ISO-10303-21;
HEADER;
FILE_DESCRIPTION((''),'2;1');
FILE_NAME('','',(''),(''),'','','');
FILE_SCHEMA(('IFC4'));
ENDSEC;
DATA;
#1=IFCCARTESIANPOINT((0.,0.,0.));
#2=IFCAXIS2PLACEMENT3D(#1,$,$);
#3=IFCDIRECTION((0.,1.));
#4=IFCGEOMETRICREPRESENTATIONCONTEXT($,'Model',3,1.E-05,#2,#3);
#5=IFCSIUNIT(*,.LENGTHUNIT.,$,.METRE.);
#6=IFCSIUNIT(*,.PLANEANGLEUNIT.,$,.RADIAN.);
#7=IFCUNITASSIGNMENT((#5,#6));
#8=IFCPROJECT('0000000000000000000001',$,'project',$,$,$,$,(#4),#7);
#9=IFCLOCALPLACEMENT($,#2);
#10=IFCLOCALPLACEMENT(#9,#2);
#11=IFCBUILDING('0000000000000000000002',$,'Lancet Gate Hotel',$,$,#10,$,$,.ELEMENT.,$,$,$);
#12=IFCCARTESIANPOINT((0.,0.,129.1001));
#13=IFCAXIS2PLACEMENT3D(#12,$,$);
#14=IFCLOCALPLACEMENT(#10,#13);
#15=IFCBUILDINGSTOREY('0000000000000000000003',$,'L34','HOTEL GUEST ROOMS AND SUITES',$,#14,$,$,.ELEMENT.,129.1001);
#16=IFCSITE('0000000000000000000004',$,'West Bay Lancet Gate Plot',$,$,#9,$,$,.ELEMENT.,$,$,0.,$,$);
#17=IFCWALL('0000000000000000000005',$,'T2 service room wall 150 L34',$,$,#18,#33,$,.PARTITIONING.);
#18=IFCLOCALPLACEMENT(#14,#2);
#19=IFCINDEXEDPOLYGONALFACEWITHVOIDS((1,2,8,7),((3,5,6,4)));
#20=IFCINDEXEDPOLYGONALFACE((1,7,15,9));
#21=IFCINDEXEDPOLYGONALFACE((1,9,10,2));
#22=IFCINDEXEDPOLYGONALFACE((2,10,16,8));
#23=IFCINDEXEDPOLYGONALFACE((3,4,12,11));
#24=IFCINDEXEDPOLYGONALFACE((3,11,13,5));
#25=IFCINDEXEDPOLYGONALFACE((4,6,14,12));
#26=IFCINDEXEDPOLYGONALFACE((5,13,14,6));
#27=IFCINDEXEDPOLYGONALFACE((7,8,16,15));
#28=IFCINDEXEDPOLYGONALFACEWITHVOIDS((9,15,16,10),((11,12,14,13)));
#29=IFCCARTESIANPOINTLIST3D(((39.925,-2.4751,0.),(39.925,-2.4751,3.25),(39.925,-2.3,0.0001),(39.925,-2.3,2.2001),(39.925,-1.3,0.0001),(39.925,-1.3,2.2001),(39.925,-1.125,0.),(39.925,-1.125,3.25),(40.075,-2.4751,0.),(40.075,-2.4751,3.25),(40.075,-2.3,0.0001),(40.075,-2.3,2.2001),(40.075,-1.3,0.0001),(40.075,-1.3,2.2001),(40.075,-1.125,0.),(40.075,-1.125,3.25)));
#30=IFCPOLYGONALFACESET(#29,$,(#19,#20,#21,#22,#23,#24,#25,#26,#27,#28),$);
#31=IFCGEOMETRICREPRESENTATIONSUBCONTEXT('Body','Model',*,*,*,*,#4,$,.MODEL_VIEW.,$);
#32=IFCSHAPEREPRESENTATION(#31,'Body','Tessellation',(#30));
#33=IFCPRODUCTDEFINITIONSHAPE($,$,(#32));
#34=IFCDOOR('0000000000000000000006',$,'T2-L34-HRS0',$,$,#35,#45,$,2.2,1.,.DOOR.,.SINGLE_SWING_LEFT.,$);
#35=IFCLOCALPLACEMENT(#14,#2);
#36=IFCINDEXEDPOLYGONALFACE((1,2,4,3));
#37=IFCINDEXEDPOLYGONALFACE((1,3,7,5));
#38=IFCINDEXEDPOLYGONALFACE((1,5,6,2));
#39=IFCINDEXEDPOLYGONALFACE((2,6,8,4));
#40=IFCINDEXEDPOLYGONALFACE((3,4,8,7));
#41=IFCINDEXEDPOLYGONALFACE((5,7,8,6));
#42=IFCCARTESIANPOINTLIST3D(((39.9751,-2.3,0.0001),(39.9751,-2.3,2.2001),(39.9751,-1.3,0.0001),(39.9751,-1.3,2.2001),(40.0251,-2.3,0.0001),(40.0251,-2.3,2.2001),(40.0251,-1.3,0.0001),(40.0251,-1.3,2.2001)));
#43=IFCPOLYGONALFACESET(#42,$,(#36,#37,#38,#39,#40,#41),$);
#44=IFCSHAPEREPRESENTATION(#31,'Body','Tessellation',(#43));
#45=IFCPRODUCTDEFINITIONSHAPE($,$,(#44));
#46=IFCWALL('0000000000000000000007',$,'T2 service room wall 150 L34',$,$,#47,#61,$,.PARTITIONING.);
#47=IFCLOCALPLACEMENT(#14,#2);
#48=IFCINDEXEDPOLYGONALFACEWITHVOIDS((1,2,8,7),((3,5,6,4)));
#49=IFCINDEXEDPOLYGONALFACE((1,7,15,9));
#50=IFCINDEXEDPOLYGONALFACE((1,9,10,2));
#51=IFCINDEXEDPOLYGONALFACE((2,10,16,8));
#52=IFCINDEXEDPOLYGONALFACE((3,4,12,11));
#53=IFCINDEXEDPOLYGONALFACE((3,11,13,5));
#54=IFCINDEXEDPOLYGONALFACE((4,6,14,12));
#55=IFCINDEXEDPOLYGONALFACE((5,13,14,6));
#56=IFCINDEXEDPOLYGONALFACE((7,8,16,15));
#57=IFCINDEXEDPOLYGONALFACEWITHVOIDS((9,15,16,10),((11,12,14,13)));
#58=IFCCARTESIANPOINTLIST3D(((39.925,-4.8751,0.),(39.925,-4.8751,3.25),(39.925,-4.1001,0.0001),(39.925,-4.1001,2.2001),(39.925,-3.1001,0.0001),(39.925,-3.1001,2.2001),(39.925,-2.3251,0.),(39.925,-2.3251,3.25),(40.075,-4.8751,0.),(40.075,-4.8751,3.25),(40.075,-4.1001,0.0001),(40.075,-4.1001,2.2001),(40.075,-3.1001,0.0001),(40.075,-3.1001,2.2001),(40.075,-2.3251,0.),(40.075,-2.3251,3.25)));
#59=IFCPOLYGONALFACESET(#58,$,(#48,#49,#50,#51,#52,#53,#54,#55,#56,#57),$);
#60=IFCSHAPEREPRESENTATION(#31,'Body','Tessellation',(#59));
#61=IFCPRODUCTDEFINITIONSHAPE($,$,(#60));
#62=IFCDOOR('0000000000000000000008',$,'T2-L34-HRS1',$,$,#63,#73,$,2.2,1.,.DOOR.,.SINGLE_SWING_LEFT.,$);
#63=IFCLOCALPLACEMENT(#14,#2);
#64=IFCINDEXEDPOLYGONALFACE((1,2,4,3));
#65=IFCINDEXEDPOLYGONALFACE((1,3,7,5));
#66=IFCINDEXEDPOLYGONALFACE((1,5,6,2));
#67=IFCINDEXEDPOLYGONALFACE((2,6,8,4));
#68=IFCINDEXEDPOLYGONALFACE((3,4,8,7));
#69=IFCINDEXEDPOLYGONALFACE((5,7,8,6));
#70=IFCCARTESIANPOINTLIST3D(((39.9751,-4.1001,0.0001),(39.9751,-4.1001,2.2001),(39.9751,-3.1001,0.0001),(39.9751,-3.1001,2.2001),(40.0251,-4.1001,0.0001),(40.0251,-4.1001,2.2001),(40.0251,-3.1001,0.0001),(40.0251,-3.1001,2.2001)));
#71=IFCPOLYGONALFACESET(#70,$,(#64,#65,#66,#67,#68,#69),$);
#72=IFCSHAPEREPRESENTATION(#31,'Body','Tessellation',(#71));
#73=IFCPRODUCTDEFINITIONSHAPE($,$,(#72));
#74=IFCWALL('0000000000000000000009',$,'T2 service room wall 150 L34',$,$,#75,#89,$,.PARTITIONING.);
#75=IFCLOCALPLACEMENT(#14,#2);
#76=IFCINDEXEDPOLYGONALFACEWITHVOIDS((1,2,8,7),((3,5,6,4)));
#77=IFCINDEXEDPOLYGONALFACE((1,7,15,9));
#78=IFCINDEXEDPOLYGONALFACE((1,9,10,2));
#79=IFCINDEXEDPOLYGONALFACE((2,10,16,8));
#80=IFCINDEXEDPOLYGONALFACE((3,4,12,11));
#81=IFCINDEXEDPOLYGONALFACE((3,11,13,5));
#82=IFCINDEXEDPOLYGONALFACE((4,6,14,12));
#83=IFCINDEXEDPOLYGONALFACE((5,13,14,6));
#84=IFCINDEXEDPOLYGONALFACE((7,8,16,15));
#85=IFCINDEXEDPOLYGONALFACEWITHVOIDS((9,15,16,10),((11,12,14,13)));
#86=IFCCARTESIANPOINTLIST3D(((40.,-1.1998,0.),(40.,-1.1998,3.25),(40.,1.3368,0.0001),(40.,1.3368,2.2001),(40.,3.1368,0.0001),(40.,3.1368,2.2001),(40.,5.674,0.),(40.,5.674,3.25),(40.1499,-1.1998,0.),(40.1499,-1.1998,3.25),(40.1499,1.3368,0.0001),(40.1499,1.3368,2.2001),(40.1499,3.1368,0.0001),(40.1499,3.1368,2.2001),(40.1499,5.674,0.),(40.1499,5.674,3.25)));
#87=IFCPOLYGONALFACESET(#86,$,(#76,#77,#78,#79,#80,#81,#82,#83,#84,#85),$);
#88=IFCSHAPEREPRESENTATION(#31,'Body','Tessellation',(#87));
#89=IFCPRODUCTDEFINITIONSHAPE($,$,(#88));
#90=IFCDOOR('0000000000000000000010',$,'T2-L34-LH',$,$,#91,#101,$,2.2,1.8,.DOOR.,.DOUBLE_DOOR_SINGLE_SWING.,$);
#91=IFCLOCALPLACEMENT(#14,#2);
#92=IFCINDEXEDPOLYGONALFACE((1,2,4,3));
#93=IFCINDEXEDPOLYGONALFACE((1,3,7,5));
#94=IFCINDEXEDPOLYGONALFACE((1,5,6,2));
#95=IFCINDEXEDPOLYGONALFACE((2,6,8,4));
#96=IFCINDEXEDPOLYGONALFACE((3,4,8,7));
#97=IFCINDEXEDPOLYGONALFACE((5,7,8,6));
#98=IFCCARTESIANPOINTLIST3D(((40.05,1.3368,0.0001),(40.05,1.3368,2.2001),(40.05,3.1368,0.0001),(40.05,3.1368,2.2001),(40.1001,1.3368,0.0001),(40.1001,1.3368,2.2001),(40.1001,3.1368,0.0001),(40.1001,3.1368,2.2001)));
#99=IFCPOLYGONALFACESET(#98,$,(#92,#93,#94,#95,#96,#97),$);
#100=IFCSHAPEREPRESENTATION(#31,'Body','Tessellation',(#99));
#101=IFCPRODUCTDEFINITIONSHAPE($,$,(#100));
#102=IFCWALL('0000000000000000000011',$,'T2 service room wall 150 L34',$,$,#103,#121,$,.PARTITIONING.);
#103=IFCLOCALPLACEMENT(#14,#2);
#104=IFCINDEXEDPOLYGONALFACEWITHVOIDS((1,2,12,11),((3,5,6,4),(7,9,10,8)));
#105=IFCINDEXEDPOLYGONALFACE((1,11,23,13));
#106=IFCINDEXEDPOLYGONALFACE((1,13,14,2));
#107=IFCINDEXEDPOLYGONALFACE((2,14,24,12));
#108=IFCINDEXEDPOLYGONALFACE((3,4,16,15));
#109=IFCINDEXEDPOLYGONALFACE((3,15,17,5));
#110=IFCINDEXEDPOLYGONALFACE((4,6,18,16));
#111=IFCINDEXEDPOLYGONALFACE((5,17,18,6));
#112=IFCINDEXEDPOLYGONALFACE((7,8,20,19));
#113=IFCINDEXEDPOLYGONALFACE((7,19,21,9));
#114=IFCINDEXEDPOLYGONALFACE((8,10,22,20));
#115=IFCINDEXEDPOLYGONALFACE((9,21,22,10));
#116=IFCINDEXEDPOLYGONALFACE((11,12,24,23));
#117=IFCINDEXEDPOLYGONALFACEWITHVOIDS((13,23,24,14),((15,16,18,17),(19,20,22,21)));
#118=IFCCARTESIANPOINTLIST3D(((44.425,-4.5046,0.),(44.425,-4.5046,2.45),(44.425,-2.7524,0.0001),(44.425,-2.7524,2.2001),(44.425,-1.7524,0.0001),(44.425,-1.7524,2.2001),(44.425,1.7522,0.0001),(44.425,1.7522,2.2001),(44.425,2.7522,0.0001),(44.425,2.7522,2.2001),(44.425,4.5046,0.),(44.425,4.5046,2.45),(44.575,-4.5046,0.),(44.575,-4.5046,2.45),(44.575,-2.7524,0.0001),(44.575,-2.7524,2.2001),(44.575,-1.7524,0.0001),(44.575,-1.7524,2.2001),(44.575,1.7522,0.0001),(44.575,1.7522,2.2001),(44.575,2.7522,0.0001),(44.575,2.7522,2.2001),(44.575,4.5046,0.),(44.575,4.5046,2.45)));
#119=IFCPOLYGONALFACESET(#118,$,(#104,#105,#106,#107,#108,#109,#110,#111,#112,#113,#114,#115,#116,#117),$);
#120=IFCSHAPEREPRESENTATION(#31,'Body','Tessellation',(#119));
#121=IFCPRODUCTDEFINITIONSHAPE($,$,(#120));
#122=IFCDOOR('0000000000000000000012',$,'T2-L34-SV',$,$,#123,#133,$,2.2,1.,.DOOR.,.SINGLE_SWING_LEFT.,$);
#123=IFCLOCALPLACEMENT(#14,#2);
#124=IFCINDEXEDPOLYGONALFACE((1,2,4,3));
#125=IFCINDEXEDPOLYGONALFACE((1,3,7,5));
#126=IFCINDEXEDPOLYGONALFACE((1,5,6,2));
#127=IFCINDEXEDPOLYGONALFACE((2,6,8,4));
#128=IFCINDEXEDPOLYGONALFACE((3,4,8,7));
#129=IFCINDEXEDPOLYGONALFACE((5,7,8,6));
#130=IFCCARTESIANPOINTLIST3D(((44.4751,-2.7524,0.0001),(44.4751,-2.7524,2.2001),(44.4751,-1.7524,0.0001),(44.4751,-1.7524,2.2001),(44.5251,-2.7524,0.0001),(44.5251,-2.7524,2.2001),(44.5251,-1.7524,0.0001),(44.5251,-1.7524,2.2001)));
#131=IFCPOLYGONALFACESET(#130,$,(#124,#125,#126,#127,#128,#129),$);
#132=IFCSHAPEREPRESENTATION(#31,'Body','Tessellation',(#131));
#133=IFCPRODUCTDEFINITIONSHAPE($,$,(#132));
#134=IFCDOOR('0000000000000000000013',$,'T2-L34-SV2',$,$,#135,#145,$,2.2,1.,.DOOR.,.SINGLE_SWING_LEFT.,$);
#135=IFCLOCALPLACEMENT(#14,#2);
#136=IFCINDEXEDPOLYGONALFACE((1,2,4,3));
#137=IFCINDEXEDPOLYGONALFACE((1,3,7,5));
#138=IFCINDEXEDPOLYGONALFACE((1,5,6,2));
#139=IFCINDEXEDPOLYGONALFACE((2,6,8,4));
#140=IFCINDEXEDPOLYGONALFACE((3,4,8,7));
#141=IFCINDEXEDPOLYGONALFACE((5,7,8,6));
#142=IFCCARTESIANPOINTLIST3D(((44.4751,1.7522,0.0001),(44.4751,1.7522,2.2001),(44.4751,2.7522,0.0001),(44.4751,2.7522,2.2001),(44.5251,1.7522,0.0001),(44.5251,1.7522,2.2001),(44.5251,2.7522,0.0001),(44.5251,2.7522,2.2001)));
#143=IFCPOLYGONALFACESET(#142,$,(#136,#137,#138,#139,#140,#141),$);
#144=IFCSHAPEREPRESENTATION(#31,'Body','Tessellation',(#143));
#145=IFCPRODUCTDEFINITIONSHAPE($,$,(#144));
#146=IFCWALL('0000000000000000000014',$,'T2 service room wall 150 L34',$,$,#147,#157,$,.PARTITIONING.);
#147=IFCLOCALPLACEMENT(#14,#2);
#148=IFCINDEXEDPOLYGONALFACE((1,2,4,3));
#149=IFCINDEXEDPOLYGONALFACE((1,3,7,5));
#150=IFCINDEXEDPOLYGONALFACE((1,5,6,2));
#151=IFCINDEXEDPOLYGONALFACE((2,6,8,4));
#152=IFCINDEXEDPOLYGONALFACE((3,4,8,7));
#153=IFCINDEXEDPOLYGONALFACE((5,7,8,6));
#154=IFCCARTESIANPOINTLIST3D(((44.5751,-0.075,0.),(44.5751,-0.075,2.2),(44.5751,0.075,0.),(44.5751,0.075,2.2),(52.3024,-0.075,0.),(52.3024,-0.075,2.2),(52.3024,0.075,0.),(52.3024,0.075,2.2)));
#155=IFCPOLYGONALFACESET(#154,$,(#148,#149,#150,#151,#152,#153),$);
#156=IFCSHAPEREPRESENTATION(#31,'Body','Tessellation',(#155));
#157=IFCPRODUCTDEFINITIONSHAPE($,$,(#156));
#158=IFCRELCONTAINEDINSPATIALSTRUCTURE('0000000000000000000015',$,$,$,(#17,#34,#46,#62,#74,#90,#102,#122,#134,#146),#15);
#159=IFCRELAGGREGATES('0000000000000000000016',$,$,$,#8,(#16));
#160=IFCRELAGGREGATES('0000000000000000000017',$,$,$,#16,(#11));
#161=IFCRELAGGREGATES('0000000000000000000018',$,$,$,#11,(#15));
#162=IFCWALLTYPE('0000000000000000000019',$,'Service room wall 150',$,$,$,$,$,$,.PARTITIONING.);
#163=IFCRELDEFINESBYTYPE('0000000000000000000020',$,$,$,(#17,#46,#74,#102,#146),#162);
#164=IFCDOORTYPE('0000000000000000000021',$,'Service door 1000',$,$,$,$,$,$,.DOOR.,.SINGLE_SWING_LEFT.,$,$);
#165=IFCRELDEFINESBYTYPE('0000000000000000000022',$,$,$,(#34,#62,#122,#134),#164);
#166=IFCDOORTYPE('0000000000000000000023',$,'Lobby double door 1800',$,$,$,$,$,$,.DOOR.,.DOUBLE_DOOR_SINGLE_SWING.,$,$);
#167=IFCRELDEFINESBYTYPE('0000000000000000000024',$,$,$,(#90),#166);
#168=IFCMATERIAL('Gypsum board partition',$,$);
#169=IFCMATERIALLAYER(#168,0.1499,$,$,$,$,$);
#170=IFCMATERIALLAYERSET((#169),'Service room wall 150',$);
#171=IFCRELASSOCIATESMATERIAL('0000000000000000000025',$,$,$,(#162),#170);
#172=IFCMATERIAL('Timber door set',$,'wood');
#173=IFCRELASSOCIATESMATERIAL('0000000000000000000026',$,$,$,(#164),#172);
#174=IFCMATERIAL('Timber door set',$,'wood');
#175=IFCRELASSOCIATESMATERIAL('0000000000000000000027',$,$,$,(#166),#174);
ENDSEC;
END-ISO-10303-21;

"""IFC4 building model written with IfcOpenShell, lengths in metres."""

from ifc_helpers import new_model, si_unit, direction, frame, frame_2d, origin, place, context, subcontext, project, spatial, rectangle, extrude, material, layer, layer_set, type_object, element, fill, save


model = new_model("IFC4")

# Units and contexts
model_context = context("Model", 3, precision=1e-05, world=origin(), true_north=direction((0.0, 1.0)))
body_context = subcontext(model_context, "Body", "Model", "MODEL_VIEW")
ifc_project = project(units=[si_unit("LENGTHUNIT", "METRE"), si_unit("PLANEANGLEUNIT", "RADIAN")], contexts=[model_context])

# Site, building, storey
site_placement = place(None, origin())
site = spatial("IfcSite", under=ifc_project, at=site_placement, Name="West Bay Lancet Gate Plot", CompositionType="ELEMENT", RefElevation=0.0)
building_placement = place(site_placement, origin())
building = spatial("IfcBuilding", under=site, at=building_placement, Name="Lancet Gate Hotel", CompositionType="ELEMENT")
storey_placement = place(building_placement, frame((0.0, 0.0, 129.1001)))
storey = spatial("IfcBuildingStorey", under=building, at=storey_placement, Name="L34", Description="HOTEL GUEST ROOMS AND SUITES", CompositionType="ELEMENT", Elevation=129.1001)

# Walls, openings, doors
ifc_material_1 = material(Name="Gypsum board partition")
ifc_layer_1 = layer(ifc_material_1, 0.1499)
ifc_layer_set_1 = layer_set([ifc_layer_1], Name="Service room wall 150")
wall_type_1 = type_object("IfcWallType", Name="Service room wall 150", PredefinedType="PARTITIONING", material=ifc_layer_set_1)
wall_1_placement = place(storey_placement, frame((40.0, -2.4751, 0.0), z_axis=(0.0, 0.0, 1.0), x_axis=(0.0, 1.0, 0.0)))
wall_1 = element("IfcWall", 1, at=wall_1_placement, inside=storey, type_object=wall_type_1, Name="T2 service room wall 150 L34", PredefinedType="PARTITIONING", context=body_context, shape_type="SweptSolid", body=[
    extrude(rectangle(XDim=1.3501, YDim=0.1499, at=frame_2d((0.675, 0.0))), origin(), (0.0, 0.0, 1.0), 3.25),
])
opening_1_placement = place(wall_1_placement, frame((0.175, 0.0, 0.0)))
opening_1 = element("IfcOpeningElement", 2, at=opening_1_placement, cuts=wall_1, PredefinedType="OPENING", context=body_context, shape_type="SweptSolid", body=[
    extrude(rectangle(XDim=1.0, YDim=2.2, at=frame_2d((0.5, 1.1001))), frame((0.0, 0.085, 0.0), z_axis=(0.0, -1.0, 0.0), x_axis=(1.0, 0.0, 0.0)), (0.0, 0.0, 1.0), 0.1699),
])
ifc_material_2 = material(Name="Timber door set", Category="wood")
door_type_1 = type_object("IfcDoorType", Name="Service door 1000", OperationType="SINGLE_SWING_LEFT", PredefinedType="DOOR", material=ifc_material_2)
door_1_placement = place(opening_1_placement, origin())
door_1 = element("IfcDoor", 3, at=door_1_placement, inside=storey, type_object=door_type_1, Name="T2-L34-HRS0", OperationType="SINGLE_SWING_LEFT", OverallHeight=2.2, OverallWidth=1.0, PredefinedType="DOOR", context=body_context, shape_type="SweptSolid", body=[
    extrude(rectangle(XDim=1.0, YDim=2.2, at=frame_2d((0.5, 1.1001))), frame((0.0, 0.0249, 0.0), z_axis=(0.0, -1.0, 0.0), x_axis=(1.0, 0.0, 0.0)), (0.0, 0.0, 1.0), 0.05),
])
fill(opening_1, door_1)
wall_2_placement = place(storey_placement, frame((40.0, -4.875, 0.0), z_axis=(0.0, 0.0, 1.0), x_axis=(0.0, 1.0, 0.0)))
wall_2 = element("IfcWall", 4, at=wall_2_placement, inside=storey, type_object=wall_type_1, Name="T2 service room wall 150 L34", PredefinedType="PARTITIONING", context=body_context, shape_type="SweptSolid", body=[
    extrude(rectangle(XDim=2.55, YDim=0.1499, at=frame_2d((1.2749, 0.0))), origin(), (0.0, 0.0, 1.0), 3.25),
])
opening_2_placement = place(wall_2_placement, frame((0.7749, 0.0, 0.0)))
opening_2 = element("IfcOpeningElement", 5, at=opening_2_placement, cuts=wall_2, PredefinedType="OPENING", context=body_context, shape_type="SweptSolid", body=[
    extrude(rectangle(XDim=1.0, YDim=2.2, at=frame_2d((0.5, 1.1001))), frame((0.0, 0.085, 0.0), z_axis=(0.0, -1.0, 0.0), x_axis=(1.0, 0.0, 0.0)), (0.0, 0.0, 1.0), 0.1699),
])
door_2_placement = place(opening_2_placement, origin())
door_2 = element("IfcDoor", 6, at=door_2_placement, inside=storey, type_object=door_type_1, Name="T2-L34-HRS1", OperationType="SINGLE_SWING_LEFT", OverallHeight=2.2, OverallWidth=1.0, PredefinedType="DOOR", context=body_context, shape_type="SweptSolid", body=[
    extrude(rectangle(XDim=1.0, YDim=2.2, at=frame_2d((0.5, 1.1001))), frame((0.0, 0.0249, 0.0), z_axis=(0.0, -1.0, 0.0), x_axis=(1.0, 0.0, 0.0)), (0.0, 0.0, 1.0), 0.05),
])
fill(opening_2, door_2)
wall_3_placement = place(storey_placement, frame((40.075, -1.2, 0.0), z_axis=(0.0, 0.0, 1.0), x_axis=(0.0, 1.0, 0.0)))
wall_3 = element("IfcWall", 7, at=wall_3_placement, inside=storey, type_object=wall_type_1, Name="T2 service room wall 150 L34", PredefinedType="PARTITIONING", context=body_context, shape_type="SweptSolid", body=[
    extrude(rectangle(XDim=6.8738, YDim=0.1499, at=frame_2d((3.437, 0.0))), origin(), (0.0, 0.0, 1.0), 3.25),
])
opening_3_placement = place(wall_3_placement, frame((2.5369, 0.0, 0.0)))
opening_3 = element("IfcOpeningElement", 8, at=opening_3_placement, cuts=wall_3, PredefinedType="OPENING", context=body_context, shape_type="SweptSolid", body=[
    extrude(rectangle(XDim=1.8, YDim=2.2, at=frame_2d((0.8999, 1.1001))), frame((0.0, 0.085, 0.0), z_axis=(0.0, -1.0, 0.0), x_axis=(1.0, 0.0, 0.0)), (0.0, 0.0, 1.0), 0.1699),
])
ifc_material_3 = material(Name="Timber door set", Category="wood")
door_type_2 = type_object("IfcDoorType", Name="Lobby double door 1800", OperationType="DOUBLE_DOOR_SINGLE_SWING", PredefinedType="DOOR", material=ifc_material_3)
door_3_placement = place(opening_3_placement, origin())
door_3 = element("IfcDoor", 9, at=door_3_placement, inside=storey, type_object=door_type_2, Name="T2-L34-LH", OperationType="DOUBLE_DOOR_SINGLE_SWING", OverallHeight=2.2, OverallWidth=1.8, PredefinedType="DOOR", context=body_context, shape_type="SweptSolid", body=[
    extrude(rectangle(XDim=1.8, YDim=2.2, at=frame_2d((0.8999, 1.1001))), frame((0.0, 0.0249, 0.0), z_axis=(0.0, -1.0, 0.0), x_axis=(1.0, 0.0, 0.0)), (0.0, 0.0, 1.0), 0.05),
])
fill(opening_3, door_3)

# Wall, openings, doors
wall_4_placement = place(storey_placement, frame((44.5, -4.5046, 0.0), z_axis=(0.0, 0.0, 1.0), x_axis=(0.0, 1.0, 0.0)))
wall_4 = element("IfcWall", 10, at=wall_4_placement, inside=storey, type_object=wall_type_1, Name="T2 service room wall 150 L34", PredefinedType="PARTITIONING", context=body_context, shape_type="SweptSolid", body=[
    extrude(rectangle(XDim=9.0093, YDim=0.1499, at=frame_2d((4.5046, 0.0))), origin(), (0.0, 0.0, 1.0), 2.45),
])
opening_4_placement = place(wall_4_placement, frame((1.7522, 0.0, 0.0)))
opening_4 = element("IfcOpeningElement", 11, at=opening_4_placement, cuts=wall_4, PredefinedType="OPENING", context=body_context, shape_type="SweptSolid", body=[
    extrude(rectangle(XDim=1.0, YDim=2.2, at=frame_2d((0.5, 1.1001))), frame((0.0, 0.085, 0.0), z_axis=(0.0, -1.0, 0.0), x_axis=(1.0, 0.0, 0.0)), (0.0, 0.0, 1.0), 0.1699),
])
opening_5_placement = place(wall_4_placement, frame((6.2568, 0.0, 0.0)))
opening_5 = element("IfcOpeningElement", 12, at=opening_5_placement, cuts=wall_4, PredefinedType="OPENING", context=body_context, shape_type="SweptSolid", body=[
    extrude(rectangle(XDim=1.0, YDim=2.2, at=frame_2d((0.5, 1.1001))), frame((0.0, 0.085, 0.0), z_axis=(0.0, -1.0, 0.0), x_axis=(1.0, 0.0, 0.0)), (0.0, 0.0, 1.0), 0.1699),
])
door_4_placement = place(opening_4_placement, origin())
door_4 = element("IfcDoor", 13, at=door_4_placement, inside=storey, type_object=door_type_1, Name="T2-L34-SV", OperationType="SINGLE_SWING_LEFT", OverallHeight=2.2, OverallWidth=1.0, PredefinedType="DOOR", context=body_context, shape_type="SweptSolid", body=[
    extrude(rectangle(XDim=1.0, YDim=2.2, at=frame_2d((0.5, 1.1001))), frame((0.0, 0.0249, 0.0), z_axis=(0.0, -1.0, 0.0), x_axis=(1.0, 0.0, 0.0)), (0.0, 0.0, 1.0), 0.05),
])
fill(opening_4, door_4)
door_5_placement = place(opening_5_placement, origin())
door_5 = element("IfcDoor", 14, at=door_5_placement, inside=storey, type_object=door_type_1, Name="T2-L34-SV2", OperationType="SINGLE_SWING_LEFT", OverallHeight=2.2, OverallWidth=1.0, PredefinedType="DOOR", context=body_context, shape_type="SweptSolid", body=[
    extrude(rectangle(XDim=1.0, YDim=2.2, at=frame_2d((0.5, 1.1001))), frame((0.0, 0.0249, 0.0), z_axis=(0.0, -1.0, 0.0), x_axis=(1.0, 0.0, 0.0)), (0.0, 0.0, 1.0), 0.05),
])
fill(opening_5, door_5)

# Wall
wall_5_placement = place(storey_placement, frame((44.575, 0.0, 0.0), z_axis=(0.0, 0.0, 1.0), x_axis=(1.0, 0.0, 0.0)))
element("IfcWall", 15, at=wall_5_placement, inside=storey, type_object=wall_type_1, Name="T2 service room wall 150 L34", PredefinedType="PARTITIONING", context=body_context, shape_type="SweptSolid", body=[
    extrude(rectangle(XDim=7.7273, YDim=0.1499, at=frame_2d((3.8638, 0.0))), origin(), (0.0, 0.0, 1.0), 2.2),
])

save(model, "model.ifc")
